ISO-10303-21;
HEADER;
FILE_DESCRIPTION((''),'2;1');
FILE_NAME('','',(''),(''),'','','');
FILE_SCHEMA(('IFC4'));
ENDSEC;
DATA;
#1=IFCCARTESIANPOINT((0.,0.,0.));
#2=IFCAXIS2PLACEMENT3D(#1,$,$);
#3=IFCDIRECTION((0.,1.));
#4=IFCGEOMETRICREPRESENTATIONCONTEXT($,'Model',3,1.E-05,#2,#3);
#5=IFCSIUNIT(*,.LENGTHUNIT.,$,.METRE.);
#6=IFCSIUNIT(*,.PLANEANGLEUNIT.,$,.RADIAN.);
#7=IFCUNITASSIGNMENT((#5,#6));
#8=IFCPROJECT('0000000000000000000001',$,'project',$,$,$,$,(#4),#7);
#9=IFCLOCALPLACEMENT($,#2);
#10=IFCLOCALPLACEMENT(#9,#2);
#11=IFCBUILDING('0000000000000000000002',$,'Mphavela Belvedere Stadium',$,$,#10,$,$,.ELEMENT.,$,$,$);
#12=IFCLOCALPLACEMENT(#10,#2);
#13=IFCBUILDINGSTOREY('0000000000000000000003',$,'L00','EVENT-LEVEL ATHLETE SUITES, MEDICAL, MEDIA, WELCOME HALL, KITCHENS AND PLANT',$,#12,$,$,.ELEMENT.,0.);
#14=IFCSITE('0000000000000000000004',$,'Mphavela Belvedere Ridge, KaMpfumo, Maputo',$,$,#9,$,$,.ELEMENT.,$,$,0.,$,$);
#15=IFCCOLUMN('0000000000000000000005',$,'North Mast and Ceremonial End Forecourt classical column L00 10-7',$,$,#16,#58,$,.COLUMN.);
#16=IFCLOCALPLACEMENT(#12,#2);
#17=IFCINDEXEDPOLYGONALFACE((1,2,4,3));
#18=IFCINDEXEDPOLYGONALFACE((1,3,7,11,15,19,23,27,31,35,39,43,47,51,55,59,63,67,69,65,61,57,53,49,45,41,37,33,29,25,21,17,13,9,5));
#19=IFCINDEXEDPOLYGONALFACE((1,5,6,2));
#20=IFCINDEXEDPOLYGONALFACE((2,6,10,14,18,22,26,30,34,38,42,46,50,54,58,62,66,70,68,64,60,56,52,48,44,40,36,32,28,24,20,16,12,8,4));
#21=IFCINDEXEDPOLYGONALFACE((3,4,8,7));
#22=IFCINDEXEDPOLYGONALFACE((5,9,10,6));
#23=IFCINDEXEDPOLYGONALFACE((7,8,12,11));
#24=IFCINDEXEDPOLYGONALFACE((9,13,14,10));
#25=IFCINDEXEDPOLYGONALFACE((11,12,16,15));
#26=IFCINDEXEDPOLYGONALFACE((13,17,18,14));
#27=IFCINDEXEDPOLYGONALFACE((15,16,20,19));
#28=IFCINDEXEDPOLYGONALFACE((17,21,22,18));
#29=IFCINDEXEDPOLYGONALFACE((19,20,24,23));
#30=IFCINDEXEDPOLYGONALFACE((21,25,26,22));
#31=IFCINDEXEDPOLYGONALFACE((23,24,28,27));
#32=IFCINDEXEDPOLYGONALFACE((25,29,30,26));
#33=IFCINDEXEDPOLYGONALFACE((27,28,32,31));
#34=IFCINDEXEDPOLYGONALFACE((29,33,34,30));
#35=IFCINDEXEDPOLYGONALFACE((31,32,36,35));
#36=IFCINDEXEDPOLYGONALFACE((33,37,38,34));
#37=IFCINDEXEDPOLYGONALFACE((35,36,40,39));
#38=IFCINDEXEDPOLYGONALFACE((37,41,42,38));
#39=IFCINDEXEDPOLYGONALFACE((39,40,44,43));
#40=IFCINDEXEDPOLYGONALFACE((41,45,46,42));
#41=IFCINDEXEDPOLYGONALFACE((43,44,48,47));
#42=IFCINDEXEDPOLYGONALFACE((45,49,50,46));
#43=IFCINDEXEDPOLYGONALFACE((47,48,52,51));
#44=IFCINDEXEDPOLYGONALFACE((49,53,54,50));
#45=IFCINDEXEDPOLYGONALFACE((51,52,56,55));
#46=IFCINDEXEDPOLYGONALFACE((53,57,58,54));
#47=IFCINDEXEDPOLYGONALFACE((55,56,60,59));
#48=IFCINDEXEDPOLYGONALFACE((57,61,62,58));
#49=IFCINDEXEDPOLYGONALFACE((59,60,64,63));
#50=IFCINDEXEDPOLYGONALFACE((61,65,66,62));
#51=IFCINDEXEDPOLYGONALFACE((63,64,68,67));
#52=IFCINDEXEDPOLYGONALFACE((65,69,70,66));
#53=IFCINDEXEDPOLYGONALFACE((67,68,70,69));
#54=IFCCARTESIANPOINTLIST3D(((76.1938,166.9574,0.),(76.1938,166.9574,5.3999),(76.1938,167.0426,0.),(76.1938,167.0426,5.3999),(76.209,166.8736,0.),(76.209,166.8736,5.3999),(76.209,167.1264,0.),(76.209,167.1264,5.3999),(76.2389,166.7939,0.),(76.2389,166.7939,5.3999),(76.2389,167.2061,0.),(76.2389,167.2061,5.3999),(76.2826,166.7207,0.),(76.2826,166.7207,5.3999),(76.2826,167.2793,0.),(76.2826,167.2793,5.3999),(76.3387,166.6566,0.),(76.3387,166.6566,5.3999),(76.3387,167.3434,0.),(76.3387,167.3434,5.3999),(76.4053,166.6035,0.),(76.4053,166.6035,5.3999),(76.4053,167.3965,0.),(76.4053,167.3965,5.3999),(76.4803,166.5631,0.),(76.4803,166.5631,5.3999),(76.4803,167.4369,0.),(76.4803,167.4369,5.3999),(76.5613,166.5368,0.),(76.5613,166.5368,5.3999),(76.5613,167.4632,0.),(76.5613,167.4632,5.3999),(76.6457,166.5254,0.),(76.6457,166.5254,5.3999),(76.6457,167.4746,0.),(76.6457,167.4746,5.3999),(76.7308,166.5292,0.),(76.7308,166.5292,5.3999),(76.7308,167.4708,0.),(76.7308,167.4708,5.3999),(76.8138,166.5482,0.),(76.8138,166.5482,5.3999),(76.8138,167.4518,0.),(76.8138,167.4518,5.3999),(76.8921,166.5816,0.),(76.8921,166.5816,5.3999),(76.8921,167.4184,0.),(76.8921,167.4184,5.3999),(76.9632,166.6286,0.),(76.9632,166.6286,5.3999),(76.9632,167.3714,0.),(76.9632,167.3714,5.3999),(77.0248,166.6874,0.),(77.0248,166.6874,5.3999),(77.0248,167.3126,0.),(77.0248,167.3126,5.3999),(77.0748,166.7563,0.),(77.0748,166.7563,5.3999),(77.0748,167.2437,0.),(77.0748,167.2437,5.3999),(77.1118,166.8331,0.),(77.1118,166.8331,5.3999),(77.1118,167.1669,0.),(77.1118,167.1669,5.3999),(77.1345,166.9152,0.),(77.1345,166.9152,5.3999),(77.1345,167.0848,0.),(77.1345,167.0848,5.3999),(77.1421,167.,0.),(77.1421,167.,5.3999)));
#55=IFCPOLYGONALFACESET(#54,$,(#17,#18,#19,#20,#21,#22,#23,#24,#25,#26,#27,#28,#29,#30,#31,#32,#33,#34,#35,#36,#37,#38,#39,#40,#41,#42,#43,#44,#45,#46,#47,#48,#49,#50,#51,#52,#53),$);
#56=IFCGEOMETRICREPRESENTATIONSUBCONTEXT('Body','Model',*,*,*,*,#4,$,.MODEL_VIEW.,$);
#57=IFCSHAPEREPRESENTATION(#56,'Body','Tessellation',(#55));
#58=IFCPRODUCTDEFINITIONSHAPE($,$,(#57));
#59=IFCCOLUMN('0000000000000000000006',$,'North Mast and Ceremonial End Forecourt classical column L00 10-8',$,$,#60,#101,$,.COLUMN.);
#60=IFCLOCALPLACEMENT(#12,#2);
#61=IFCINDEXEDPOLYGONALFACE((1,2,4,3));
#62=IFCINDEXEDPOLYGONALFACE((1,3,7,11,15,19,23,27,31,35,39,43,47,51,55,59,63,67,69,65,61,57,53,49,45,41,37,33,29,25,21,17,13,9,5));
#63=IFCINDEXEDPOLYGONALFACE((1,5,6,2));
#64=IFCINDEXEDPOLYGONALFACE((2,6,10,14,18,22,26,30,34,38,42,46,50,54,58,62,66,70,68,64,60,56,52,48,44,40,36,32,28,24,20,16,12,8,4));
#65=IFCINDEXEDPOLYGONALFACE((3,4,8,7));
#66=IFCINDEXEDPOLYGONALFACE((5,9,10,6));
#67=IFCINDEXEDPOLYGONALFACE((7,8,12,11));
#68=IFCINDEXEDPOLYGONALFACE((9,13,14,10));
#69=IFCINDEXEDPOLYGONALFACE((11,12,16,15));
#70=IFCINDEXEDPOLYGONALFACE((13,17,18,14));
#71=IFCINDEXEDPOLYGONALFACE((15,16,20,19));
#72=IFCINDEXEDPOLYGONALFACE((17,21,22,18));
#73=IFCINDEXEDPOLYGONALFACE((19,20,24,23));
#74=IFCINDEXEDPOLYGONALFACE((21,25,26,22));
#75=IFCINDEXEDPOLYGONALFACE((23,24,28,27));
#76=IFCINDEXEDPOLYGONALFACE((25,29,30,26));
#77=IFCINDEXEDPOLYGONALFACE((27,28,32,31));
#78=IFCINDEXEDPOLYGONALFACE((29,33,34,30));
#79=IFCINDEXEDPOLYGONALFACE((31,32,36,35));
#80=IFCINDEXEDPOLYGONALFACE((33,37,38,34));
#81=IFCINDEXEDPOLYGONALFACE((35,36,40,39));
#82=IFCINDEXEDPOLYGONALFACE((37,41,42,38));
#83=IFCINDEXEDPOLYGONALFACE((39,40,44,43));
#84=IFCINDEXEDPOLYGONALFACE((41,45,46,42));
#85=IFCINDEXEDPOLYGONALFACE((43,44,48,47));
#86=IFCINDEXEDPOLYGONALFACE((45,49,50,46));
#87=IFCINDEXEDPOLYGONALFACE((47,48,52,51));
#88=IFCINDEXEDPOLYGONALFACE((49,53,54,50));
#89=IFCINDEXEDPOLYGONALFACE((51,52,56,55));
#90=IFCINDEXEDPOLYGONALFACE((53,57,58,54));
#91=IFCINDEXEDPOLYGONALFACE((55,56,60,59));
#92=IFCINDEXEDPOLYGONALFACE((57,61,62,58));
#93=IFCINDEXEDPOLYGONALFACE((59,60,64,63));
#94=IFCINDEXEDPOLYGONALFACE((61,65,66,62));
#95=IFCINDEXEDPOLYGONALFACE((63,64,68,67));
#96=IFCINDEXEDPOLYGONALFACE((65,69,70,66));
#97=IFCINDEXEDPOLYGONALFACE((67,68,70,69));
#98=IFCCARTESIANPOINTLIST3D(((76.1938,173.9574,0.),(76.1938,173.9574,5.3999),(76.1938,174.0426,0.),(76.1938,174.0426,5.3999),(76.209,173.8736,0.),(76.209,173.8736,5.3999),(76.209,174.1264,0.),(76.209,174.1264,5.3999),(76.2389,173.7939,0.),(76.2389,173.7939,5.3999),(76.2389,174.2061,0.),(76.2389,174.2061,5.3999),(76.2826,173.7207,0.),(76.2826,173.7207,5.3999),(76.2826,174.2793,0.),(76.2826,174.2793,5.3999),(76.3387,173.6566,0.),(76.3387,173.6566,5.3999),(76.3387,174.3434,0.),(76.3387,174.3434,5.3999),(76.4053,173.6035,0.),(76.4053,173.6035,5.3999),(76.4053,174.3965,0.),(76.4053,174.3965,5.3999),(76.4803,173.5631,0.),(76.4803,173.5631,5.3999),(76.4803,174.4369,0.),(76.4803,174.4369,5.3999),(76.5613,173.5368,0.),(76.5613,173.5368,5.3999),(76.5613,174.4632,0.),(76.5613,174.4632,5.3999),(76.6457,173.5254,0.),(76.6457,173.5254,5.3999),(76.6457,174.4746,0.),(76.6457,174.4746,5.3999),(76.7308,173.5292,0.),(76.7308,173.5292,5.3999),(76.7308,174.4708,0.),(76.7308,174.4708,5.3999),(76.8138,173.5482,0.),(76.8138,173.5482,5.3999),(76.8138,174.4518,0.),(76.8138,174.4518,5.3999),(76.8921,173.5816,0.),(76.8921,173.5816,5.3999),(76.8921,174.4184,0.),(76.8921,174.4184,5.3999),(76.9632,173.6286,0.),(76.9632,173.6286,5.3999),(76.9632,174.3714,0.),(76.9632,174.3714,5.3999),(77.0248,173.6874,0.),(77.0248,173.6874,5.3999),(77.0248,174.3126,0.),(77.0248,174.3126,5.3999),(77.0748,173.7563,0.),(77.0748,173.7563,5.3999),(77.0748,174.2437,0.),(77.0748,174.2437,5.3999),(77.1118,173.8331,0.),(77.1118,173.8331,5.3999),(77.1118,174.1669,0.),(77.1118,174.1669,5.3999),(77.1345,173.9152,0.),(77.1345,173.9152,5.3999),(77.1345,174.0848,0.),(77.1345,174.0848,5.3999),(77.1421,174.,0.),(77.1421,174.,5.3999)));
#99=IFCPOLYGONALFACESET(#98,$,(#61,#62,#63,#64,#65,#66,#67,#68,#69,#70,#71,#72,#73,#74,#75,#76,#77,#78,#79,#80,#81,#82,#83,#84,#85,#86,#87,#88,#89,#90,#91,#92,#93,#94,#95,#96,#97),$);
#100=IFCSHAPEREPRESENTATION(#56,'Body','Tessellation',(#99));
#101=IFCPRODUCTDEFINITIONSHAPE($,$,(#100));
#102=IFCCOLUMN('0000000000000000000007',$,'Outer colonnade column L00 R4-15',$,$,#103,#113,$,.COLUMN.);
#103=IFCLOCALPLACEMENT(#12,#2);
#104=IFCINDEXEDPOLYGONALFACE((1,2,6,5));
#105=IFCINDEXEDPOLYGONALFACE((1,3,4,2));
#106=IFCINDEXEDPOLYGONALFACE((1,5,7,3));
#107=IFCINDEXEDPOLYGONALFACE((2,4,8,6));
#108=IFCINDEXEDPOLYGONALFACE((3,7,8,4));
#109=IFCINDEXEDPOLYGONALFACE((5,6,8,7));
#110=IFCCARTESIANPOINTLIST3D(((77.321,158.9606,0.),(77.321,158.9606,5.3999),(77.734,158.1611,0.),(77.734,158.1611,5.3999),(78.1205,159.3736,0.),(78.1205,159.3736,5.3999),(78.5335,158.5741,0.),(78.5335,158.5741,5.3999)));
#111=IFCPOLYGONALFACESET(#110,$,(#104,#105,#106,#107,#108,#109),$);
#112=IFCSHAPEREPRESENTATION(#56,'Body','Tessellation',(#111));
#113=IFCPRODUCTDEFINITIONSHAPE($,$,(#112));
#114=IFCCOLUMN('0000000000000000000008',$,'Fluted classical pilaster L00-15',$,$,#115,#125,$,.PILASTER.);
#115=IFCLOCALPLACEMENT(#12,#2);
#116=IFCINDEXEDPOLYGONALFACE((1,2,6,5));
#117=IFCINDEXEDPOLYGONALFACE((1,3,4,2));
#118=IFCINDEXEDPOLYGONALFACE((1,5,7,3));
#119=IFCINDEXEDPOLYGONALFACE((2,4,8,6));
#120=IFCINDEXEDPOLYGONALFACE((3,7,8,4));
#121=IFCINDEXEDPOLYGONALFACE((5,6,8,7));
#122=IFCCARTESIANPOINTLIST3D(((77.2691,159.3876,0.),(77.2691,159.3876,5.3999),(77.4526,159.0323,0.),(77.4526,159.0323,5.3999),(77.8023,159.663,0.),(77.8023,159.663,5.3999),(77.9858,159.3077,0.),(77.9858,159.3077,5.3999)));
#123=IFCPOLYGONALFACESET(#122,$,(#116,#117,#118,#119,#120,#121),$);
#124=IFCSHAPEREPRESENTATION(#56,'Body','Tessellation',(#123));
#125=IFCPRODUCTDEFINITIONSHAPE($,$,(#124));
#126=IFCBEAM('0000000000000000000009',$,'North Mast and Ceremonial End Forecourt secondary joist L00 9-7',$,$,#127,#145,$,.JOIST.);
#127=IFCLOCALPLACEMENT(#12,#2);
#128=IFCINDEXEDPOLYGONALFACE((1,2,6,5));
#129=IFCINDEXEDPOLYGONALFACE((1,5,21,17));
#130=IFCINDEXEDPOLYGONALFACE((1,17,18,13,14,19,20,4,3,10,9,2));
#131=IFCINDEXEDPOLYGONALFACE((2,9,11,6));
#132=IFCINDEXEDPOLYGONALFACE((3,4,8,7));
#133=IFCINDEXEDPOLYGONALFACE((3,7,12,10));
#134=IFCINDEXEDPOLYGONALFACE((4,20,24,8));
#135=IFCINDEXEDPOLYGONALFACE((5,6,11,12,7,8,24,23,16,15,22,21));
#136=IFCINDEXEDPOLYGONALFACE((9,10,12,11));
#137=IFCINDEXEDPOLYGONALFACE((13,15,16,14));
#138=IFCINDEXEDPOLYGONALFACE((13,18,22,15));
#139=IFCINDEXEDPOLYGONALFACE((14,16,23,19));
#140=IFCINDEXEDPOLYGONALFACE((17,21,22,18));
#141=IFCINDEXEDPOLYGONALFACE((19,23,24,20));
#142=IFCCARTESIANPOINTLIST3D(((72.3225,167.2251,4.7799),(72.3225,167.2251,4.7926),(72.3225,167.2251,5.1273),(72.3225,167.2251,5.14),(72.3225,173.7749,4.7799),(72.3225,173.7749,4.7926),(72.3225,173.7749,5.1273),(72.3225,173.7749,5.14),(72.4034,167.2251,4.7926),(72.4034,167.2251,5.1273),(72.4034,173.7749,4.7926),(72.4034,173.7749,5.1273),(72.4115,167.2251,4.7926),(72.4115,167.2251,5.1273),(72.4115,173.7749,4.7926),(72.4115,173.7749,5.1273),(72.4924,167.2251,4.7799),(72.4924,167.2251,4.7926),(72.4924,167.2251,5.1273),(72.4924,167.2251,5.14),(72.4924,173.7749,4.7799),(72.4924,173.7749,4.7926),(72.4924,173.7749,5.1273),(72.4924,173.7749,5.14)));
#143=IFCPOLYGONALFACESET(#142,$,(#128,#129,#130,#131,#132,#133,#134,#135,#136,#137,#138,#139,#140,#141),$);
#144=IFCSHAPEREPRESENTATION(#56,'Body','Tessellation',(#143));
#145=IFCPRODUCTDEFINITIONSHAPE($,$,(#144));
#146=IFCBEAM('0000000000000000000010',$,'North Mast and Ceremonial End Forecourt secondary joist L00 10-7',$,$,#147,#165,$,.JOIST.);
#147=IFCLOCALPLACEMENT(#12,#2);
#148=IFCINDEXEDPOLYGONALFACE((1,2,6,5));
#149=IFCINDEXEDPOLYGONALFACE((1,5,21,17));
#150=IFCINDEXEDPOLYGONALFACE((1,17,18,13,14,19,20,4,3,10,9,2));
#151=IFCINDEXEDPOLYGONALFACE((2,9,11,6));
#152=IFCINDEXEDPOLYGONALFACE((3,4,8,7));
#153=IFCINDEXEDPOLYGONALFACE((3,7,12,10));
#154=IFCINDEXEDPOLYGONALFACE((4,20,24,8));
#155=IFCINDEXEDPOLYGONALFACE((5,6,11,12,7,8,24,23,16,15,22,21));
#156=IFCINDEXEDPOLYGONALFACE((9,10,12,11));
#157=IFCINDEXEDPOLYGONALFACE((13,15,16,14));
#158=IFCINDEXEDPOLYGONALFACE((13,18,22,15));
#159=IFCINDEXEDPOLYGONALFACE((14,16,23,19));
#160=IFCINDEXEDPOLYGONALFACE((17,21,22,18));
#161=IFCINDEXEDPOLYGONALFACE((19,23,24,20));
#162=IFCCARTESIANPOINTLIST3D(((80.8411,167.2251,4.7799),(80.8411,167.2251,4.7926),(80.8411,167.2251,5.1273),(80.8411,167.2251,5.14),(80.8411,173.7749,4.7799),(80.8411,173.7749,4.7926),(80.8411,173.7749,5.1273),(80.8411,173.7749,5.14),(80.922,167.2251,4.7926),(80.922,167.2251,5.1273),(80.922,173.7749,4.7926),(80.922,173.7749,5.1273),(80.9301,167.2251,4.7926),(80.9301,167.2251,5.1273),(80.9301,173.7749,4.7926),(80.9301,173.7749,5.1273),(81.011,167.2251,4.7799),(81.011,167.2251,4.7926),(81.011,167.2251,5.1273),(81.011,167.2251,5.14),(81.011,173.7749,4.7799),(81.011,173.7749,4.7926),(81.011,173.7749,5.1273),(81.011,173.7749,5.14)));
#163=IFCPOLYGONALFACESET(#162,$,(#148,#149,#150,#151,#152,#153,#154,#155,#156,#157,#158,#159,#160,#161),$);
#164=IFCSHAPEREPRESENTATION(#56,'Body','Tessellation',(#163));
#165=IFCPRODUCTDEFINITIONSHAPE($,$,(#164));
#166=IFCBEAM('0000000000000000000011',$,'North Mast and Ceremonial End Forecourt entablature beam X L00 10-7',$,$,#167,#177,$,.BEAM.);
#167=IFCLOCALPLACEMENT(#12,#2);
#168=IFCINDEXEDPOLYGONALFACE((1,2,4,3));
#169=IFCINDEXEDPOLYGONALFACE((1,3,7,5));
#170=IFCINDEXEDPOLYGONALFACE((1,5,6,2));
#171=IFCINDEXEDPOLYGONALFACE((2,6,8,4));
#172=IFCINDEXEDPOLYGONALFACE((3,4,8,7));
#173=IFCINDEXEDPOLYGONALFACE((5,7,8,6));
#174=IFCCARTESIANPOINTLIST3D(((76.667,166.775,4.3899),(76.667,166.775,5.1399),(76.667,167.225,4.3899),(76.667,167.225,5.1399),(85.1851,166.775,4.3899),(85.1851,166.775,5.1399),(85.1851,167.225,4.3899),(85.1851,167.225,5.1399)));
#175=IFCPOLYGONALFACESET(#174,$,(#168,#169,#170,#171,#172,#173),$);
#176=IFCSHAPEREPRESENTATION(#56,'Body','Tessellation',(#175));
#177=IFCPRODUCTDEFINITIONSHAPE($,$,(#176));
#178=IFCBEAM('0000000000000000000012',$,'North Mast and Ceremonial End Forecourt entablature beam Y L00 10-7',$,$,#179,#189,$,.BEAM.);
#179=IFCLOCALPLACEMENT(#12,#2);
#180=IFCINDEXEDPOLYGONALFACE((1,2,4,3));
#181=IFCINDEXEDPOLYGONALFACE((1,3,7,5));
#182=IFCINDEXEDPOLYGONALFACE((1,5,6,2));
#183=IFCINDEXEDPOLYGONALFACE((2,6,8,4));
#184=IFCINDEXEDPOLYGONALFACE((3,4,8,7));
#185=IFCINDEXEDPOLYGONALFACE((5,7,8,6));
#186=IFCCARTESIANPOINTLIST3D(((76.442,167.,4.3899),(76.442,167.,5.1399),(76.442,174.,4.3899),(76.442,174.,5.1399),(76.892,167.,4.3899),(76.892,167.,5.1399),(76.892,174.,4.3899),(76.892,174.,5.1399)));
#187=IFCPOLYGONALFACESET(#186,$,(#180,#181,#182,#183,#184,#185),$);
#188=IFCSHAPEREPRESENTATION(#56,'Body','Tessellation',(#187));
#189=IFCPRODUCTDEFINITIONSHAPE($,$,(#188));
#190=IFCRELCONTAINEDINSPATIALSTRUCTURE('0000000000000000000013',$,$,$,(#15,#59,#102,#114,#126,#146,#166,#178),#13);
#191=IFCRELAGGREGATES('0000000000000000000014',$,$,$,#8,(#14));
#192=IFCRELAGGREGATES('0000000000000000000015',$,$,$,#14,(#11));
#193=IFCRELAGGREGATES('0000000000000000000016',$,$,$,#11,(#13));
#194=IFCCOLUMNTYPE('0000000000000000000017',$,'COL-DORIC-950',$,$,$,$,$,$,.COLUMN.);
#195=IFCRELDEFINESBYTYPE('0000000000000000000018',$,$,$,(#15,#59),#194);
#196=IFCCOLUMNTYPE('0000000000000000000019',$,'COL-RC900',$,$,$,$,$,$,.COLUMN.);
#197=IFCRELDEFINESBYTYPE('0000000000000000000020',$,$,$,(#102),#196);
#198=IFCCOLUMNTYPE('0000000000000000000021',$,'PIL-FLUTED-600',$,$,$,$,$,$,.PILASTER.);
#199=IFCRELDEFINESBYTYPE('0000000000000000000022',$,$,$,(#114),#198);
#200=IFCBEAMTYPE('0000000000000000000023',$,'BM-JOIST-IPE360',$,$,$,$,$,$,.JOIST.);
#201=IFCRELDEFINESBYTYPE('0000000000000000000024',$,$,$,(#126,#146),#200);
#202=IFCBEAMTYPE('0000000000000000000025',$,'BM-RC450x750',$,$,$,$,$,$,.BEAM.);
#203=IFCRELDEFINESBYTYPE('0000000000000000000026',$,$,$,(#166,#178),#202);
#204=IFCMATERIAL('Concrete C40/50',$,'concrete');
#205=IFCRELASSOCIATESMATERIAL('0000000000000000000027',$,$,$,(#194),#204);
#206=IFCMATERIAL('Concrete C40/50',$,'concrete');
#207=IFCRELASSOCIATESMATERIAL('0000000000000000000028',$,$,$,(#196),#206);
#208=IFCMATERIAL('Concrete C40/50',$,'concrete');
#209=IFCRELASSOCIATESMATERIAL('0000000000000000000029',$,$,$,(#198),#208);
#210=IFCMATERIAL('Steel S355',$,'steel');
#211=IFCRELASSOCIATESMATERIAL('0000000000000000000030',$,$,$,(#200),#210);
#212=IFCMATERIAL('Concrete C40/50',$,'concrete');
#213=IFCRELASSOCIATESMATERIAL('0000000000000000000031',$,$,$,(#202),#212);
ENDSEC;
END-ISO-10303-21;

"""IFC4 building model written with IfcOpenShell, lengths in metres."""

from ifc_helpers import new_model, si_unit, direction, frame, origin, origin_2d, place, context, subcontext, project, spatial, rectangle, circle, i_section, extrude, material, material_profile, profile_set, type_object, element, save


model = new_model("IFC4")

# Units and contexts
model_context = context("Model", 3, precision=1e-05, world=origin(), true_north=direction((0.0, 1.0)))
body_context = subcontext(model_context, "Body", "Model", "MODEL_VIEW")
ifc_project = project(units=[si_unit("LENGTHUNIT", "METRE"), si_unit("PLANEANGLEUNIT", "RADIAN")], contexts=[model_context])

# Site, building, storey
site_placement = place(None, origin())
site = spatial("IfcSite", under=ifc_project, at=site_placement, Name="Mphavela Belvedere Ridge, KaMpfumo, Maputo", CompositionType="ELEMENT", RefElevation=0.0)
building_placement = place(site_placement, origin())
building = spatial("IfcBuilding", under=site, at=building_placement, Name="Mphavela Belvedere Stadium", CompositionType="ELEMENT")
storey_placement = place(building_placement, origin())
storey = spatial("IfcBuildingStorey", under=building, at=storey_placement, Name="L00", Description="EVENT-LEVEL ATHLETE SUITES, MEDICAL, MEDIA, WELCOME HALL, KITCHENS AND PLANT", CompositionType="ELEMENT", Elevation=0.0)

# Columns
ifc_material_1 = material(Name="Concrete C40/50", Category="concrete")
ifc_material_profile_1 = material_profile(ifc_material_1, circle(Radius=0.4751, at=origin_2d()), Name="COL D950")
ifc_profile_set_1 = profile_set([ifc_material_profile_1], Name="Concrete C40/50")
column_type_1 = type_object("IfcColumnType", Name="COL-DORIC-950", PredefinedType="COLUMN", material=ifc_profile_set_1)
for number, where, z_axis, x_axis, name in (
    (1, (76.667, 167.0, 0.0), (0.0, 0.0, 1.0), (1.0, 0.0, 0.0), "North Mast and Ceremonial End Forecourt classical column L00 10-7"),
    (2, (76.667, 174.0, 0.0), (0.0, 0.0, 1.0), (1.0, 0.0, 0.0), "North Mast and Ceremonial End Forecourt classical column L00 10-8"),
):
    element("IfcColumn", number, at=place(storey_placement, frame(where, z_axis=z_axis, x_axis=x_axis)), inside=storey, type_object=column_type_1, Name=name, PredefinedType="COLUMN", context=body_context, shape_type="SweptSolid", body=[
        extrude(circle(Radius=0.4751, at=origin_2d()), origin(), (0.0, 0.0, 1.0), 5.3999),
    ])
ifc_material_2 = material(Name="Concrete C40/50", Category="concrete")
ifc_material_profile_2 = material_profile(ifc_material_2, rectangle(XDim=0.8999, YDim=0.8999, at=origin_2d()), Name="RC 900x900")
ifc_profile_set_2 = profile_set([ifc_material_profile_2], Name="Concrete C40/50")
column_type_2 = type_object("IfcColumnType", Name="COL-RC900", PredefinedType="COLUMN", material=ifc_profile_set_2)
column_1_placement = place(storey_placement, frame((77.9272, 158.7673, 0.0), z_axis=(0.0, 0.0, 1.0), x_axis=(-0.45896, 0.888457, 0.0)))
element("IfcColumn", 3, at=column_1_placement, inside=storey, type_object=column_type_2, Name="Outer colonnade column L00 R4-15", PredefinedType="COLUMN", context=body_context, shape_type="SweptSolid", body=[
    extrude(rectangle(XDim=0.8999, YDim=0.8999, at=origin_2d()), origin(), (0.0, 0.0, 1.0), 5.3999),
])
ifc_material_3 = material(Name="Concrete C40/50", Category="concrete")
ifc_material_profile_3 = material_profile(ifc_material_3, rectangle(XDim=0.6001, YDim=0.3999, at=origin_2d()), Name="PIL 600x400")
ifc_profile_set_3 = profile_set([ifc_material_profile_3], Name="Concrete C40/50")
column_type_3 = type_object("IfcColumnType", Name="PIL-FLUTED-600", PredefinedType="PILASTER", material=ifc_profile_set_3)
column_2_placement = place(storey_placement, frame((77.6274, 159.3477, 0.0), z_axis=(0.0, 0.0, 1.0), x_axis=(-0.888457, -0.45896, 0.0)))
element("IfcColumn", 4, at=column_2_placement, inside=storey, type_object=column_type_3, Name="Fluted classical pilaster L00-15", PredefinedType="PILASTER", context=body_context, shape_type="SweptSolid", body=[
    extrude(rectangle(XDim=0.6001, YDim=0.3999, at=origin_2d()), origin(), (0.0, 0.0, 1.0), 5.3999),
])

# Beams
ifc_material_4 = material(Name="Steel S355", Category="steel")
ifc_material_profile_4 = material_profile(ifc_material_4, i_section(OverallWidth=0.1699, OverallDepth=0.3601, WebThickness=0.0081, FlangeThickness=0.0127, at=origin_2d()), Name="IPE 360")
ifc_profile_set_4 = profile_set([ifc_material_profile_4], Name="Steel S355")
beam_type_1 = type_object("IfcBeamType", Name="BM-JOIST-IPE360", PredefinedType="JOIST", material=ifc_profile_set_4)
for number, where, z_axis, x_axis, name in (
    (5, (72.4075, 167.2251, 4.96), (0.0, 1.0, 0.0), (-1.0, 0.0, 0.0), "North Mast and Ceremonial End Forecourt secondary joist L00 9-7"),
    (6, (80.926, 167.2251, 4.96), (0.0, 1.0, 0.0), (-1.0, 0.0, 0.0), "North Mast and Ceremonial End Forecourt secondary joist L00 10-7"),
):
    element("IfcBeam", number, at=place(storey_placement, frame(where, z_axis=z_axis, x_axis=x_axis)), inside=storey, type_object=beam_type_1, Name=name, PredefinedType="JOIST", context=body_context, shape_type="SweptSolid", body=[
        extrude(i_section(OverallWidth=0.1699, OverallDepth=0.3601, WebThickness=0.0081, FlangeThickness=0.0127, at=origin_2d()), origin(), (0.0, 0.0, 1.0), 6.5498),
    ])
ifc_material_5 = material(Name="Concrete C40/50", Category="concrete")
ifc_material_profile_5 = material_profile(ifc_material_5, rectangle(XDim=0.45, YDim=0.75, at=origin_2d()), Name="RC 450x750")
ifc_profile_set_5 = profile_set([ifc_material_profile_5], Name="Concrete C40/50")
beam_type_2 = type_object("IfcBeamType", Name="BM-RC450x750", PredefinedType="BEAM", material=ifc_profile_set_5)
beam_1_placement = place(storey_placement, frame((76.667, 167.0, 4.7649), z_axis=(1.0, 0.0, 0.0), x_axis=(0.0, 1.0, 0.0)))
element("IfcBeam", 7, at=beam_1_placement, inside=storey, type_object=beam_type_2, Name="North Mast and Ceremonial End Forecourt entablature beam X L00 10-7", PredefinedType="BEAM", context=body_context, shape_type="SweptSolid", body=[
    extrude(rectangle(XDim=0.45, YDim=0.75, at=origin_2d()), origin(), (0.0, 0.0, 1.0), 8.5181),
])
beam_2_placement = place(storey_placement, frame((76.667, 167.0, 4.7649), z_axis=(0.0, 1.0, 0.0), x_axis=(-1.0, 0.0, 0.0)))
element("IfcBeam", 8, at=beam_2_placement, inside=storey, type_object=beam_type_2, Name="North Mast and Ceremonial End Forecourt entablature beam Y L00 10-7", PredefinedType="BEAM", context=body_context, shape_type="SweptSolid", body=[
    extrude(rectangle(XDim=0.45, YDim=0.75, at=origin_2d()), origin(), (0.0, 0.0, 1.0), 7.0),
])

save(model, "model.ifc")
